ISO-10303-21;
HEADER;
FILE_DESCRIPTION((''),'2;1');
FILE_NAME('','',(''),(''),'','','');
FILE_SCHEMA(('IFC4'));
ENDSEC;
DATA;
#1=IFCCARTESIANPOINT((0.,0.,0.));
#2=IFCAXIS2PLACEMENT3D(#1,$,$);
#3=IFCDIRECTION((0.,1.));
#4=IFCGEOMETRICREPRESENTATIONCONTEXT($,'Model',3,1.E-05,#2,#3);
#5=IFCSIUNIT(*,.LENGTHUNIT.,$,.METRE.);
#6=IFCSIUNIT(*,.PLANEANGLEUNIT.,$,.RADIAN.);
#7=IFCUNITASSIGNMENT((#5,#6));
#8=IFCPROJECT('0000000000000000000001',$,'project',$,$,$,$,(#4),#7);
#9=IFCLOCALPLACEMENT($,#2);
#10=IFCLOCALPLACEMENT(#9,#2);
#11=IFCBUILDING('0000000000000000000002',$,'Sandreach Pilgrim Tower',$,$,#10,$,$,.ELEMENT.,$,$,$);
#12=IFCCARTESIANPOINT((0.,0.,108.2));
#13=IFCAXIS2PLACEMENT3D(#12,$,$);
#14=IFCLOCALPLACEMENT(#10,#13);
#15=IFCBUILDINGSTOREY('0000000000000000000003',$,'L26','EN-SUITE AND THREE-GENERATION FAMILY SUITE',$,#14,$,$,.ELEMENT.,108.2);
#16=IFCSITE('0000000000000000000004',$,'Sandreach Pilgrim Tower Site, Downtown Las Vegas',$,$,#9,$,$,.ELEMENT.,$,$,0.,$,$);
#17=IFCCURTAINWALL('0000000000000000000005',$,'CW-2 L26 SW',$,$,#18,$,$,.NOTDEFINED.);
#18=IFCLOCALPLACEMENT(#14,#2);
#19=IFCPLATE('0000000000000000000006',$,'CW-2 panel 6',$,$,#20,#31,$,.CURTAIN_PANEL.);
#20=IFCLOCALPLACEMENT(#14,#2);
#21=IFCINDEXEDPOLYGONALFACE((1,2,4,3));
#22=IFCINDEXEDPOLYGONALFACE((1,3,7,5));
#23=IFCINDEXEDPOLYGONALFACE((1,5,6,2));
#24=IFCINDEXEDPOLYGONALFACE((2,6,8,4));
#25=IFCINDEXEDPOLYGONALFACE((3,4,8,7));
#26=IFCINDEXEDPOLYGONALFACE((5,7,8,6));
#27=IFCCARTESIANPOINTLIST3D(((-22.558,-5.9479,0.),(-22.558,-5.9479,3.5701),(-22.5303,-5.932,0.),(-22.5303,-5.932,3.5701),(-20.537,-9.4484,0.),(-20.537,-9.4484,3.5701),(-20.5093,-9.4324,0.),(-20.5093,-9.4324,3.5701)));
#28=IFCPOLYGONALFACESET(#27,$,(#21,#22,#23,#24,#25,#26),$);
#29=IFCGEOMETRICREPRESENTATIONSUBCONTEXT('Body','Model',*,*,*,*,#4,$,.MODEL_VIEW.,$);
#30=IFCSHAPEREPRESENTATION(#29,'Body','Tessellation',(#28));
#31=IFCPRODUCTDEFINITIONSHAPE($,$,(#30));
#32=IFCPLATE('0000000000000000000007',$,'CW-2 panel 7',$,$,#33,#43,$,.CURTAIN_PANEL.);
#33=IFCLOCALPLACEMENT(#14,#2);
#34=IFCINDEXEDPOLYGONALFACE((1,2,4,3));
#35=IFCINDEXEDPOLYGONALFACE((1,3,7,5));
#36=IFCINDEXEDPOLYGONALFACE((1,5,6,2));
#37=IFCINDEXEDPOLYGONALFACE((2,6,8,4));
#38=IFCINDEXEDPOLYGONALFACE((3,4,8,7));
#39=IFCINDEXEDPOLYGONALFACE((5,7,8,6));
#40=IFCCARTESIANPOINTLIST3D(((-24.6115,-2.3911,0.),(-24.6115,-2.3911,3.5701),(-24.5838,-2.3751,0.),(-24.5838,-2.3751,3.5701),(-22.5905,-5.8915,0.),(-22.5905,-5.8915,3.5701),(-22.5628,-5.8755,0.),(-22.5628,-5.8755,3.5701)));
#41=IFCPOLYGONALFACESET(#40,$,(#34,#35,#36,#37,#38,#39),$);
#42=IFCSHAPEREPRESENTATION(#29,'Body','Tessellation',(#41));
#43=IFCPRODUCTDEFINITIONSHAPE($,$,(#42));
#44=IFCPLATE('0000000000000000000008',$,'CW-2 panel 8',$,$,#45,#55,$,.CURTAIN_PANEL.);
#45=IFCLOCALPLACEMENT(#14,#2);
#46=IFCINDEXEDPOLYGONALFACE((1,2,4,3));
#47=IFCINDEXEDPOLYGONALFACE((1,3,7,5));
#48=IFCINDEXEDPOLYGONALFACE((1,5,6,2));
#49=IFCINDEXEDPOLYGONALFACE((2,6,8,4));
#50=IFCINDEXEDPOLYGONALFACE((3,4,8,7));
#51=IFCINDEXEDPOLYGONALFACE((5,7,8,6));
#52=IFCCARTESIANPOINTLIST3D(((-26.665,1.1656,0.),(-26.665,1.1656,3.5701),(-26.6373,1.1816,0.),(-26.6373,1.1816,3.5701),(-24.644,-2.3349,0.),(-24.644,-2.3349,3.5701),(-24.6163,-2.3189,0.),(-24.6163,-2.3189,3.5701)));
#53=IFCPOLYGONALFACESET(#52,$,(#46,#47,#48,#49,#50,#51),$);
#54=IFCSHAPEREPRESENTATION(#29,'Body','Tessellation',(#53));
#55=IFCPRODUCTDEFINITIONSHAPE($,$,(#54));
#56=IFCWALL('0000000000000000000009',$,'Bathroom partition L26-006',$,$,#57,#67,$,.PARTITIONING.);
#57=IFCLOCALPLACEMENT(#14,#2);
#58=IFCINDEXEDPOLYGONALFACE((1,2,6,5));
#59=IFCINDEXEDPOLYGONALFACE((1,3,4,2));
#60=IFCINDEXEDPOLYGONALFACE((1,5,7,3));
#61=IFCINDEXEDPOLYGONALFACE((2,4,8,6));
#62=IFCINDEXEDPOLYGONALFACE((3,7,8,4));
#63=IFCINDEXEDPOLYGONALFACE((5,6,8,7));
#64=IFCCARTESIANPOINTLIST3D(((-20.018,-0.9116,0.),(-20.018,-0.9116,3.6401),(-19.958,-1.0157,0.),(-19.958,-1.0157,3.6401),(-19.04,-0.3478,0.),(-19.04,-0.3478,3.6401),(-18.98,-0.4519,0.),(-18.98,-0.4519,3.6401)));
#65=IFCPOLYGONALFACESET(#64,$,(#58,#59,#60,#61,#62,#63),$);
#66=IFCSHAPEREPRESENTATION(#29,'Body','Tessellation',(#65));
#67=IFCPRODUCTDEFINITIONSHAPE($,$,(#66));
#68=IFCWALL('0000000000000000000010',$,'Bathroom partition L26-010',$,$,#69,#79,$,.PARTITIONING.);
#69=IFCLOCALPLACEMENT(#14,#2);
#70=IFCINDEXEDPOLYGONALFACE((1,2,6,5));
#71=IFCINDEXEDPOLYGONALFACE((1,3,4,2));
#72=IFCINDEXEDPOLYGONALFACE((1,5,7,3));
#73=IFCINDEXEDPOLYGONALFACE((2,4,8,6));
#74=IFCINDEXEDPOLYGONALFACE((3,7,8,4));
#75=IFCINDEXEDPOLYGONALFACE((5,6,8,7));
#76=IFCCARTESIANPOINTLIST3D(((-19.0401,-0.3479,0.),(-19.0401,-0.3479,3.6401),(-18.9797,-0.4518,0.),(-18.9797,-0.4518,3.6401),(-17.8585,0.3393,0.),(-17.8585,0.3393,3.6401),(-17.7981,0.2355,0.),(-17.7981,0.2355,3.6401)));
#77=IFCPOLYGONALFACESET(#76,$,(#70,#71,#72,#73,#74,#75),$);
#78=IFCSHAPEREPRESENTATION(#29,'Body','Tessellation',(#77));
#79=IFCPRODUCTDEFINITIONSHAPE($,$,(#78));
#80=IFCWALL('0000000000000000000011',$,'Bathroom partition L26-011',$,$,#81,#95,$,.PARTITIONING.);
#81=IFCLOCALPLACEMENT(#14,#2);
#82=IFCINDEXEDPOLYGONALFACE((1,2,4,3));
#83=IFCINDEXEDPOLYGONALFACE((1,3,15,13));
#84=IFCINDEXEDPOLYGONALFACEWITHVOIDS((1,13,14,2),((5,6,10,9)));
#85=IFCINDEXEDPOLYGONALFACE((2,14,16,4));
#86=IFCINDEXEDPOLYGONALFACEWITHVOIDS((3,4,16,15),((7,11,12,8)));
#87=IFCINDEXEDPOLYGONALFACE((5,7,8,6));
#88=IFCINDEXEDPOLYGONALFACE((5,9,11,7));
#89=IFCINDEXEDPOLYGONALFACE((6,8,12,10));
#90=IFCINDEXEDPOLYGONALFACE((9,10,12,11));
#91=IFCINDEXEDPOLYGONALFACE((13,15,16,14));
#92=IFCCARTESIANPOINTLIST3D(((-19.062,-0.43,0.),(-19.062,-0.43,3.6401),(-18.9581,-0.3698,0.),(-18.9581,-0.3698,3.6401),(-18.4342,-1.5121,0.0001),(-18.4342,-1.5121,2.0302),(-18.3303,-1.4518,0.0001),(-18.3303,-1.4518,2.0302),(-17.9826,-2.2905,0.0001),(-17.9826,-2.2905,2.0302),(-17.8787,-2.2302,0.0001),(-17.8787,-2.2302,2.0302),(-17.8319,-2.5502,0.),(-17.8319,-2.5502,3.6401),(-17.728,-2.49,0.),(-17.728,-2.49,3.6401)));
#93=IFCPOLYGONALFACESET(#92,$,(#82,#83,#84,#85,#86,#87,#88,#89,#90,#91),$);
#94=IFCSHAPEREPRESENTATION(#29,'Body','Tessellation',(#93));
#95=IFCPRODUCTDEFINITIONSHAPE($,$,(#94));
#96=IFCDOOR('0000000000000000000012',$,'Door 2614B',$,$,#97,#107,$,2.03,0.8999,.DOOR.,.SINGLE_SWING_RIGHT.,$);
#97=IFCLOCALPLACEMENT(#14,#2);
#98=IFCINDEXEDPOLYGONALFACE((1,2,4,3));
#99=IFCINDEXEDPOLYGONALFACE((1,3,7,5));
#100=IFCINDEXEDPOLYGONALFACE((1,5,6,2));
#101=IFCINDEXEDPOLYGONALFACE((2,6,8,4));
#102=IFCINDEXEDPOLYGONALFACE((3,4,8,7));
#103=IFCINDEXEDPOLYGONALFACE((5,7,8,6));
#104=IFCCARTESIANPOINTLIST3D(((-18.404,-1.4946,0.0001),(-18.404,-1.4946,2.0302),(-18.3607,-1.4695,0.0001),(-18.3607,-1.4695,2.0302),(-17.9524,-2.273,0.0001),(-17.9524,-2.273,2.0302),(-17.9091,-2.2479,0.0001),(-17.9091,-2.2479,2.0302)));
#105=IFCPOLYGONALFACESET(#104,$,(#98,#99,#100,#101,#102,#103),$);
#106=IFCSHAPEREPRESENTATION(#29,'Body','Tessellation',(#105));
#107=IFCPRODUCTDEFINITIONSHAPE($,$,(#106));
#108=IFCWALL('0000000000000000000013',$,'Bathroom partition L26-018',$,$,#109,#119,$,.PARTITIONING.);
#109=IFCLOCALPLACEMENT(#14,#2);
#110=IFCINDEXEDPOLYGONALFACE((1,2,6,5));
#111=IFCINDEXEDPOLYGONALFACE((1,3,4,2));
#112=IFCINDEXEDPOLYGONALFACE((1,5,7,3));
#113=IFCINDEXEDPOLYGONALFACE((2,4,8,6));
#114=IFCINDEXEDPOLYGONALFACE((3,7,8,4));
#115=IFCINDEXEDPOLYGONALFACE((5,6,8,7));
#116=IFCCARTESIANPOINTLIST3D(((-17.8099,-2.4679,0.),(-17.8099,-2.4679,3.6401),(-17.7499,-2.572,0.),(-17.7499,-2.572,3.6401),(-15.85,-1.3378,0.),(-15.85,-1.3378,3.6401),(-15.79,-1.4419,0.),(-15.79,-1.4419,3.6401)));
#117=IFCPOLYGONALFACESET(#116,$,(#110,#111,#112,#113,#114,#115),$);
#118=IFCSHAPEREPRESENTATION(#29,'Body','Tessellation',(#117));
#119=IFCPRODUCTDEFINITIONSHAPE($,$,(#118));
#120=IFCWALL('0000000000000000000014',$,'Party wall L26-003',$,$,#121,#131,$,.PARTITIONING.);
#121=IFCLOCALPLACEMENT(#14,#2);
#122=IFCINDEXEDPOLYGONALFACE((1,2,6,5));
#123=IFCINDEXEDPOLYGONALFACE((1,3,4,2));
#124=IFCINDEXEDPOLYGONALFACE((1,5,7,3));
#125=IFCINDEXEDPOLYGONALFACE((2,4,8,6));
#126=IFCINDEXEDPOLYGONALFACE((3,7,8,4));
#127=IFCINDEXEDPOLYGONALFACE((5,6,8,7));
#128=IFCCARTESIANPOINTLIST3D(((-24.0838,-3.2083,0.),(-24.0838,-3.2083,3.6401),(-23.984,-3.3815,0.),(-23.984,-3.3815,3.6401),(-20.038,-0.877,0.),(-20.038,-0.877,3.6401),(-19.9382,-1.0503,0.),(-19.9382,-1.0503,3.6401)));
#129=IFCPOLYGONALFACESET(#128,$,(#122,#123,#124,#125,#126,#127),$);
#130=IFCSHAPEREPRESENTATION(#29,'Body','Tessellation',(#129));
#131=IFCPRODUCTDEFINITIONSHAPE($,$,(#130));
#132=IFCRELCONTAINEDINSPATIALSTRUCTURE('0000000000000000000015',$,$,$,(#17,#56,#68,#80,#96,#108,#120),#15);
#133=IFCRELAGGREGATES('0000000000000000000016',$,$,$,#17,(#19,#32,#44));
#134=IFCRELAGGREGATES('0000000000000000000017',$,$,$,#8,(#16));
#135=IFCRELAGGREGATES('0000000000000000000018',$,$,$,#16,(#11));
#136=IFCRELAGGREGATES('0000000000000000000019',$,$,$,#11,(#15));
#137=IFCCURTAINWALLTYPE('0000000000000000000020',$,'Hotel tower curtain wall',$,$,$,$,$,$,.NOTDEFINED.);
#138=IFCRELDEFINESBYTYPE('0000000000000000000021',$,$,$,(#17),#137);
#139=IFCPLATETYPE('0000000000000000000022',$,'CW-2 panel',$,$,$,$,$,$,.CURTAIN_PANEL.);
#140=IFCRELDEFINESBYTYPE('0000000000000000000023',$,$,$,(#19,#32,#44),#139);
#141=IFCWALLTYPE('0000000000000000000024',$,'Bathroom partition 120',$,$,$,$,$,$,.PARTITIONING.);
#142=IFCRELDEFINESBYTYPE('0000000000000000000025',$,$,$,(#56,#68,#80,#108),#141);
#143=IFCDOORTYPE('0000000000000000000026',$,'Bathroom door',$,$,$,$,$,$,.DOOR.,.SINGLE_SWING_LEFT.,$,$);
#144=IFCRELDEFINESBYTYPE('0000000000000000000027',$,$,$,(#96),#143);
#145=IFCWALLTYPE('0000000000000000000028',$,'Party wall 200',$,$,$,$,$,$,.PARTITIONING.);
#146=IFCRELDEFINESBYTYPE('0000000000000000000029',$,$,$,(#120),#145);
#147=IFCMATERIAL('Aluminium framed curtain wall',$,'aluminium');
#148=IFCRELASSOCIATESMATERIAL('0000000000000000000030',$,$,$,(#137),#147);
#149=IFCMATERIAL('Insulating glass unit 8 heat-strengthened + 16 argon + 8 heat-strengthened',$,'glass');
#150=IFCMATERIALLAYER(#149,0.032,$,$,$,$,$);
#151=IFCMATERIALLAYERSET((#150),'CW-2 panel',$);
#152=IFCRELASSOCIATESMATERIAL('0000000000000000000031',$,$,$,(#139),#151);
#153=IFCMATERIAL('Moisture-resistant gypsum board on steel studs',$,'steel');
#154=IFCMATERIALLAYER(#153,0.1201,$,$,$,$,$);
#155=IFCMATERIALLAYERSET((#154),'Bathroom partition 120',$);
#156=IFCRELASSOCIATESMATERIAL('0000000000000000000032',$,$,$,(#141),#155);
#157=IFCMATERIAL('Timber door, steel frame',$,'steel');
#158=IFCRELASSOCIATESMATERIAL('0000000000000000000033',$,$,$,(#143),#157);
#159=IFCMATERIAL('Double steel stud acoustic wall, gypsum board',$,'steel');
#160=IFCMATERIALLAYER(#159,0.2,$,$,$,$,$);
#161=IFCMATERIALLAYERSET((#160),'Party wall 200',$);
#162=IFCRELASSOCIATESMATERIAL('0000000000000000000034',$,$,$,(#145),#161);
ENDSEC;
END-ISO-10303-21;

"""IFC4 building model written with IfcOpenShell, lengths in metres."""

from ifc_helpers import new_model, si_unit, direction, frame, frame_2d, origin, origin_2d, place, context, subcontext, project, spatial, rectangle, extrude, material, layer, layer_set, type_object, element, fill, aggregate, save


model = new_model("IFC4")

# Units and contexts
model_context = context("Model", 3, precision=1e-05, world=origin(), true_north=direction((0.0, 1.0)))
body_context = subcontext(model_context, "Body", "Model", "MODEL_VIEW")
ifc_project = project(units=[si_unit("LENGTHUNIT", "METRE"), si_unit("PLANEANGLEUNIT", "RADIAN")], contexts=[model_context])

# Site, building, storey
site_placement = place(None, origin())
site = spatial("IfcSite", under=ifc_project, at=site_placement, Name="Sandreach Pilgrim Tower Site, Downtown Las Vegas", CompositionType="ELEMENT", RefElevation=0.0)
building_placement = place(site_placement, origin())
building = spatial("IfcBuilding", under=site, at=building_placement, Name="Sandreach Pilgrim Tower", CompositionType="ELEMENT")
storey_placement = place(building_placement, frame((0.0, 0.0, 108.2)))
storey = spatial("IfcBuildingStorey", under=building, at=storey_placement, Name="L26", Description="EN-SUITE AND THREE-GENERATION FAMILY SUITE", CompositionType="ELEMENT", Elevation=108.2)

# Curtain wall
ifc_material_1 = material(Name="Aluminium framed curtain wall", Category="aluminium")
curtain_wall_type = type_object("IfcCurtainWallType", Name="Hotel tower curtain wall", PredefinedType="NOTDEFINED", material=ifc_material_1)
curtain_wall_placement = place(storey_placement, origin())
curtain_wall = element("IfcCurtainWall", 1, at=curtain_wall_placement, inside=storey, type_object=curtain_wall_type, Name="CW-2 L26 SW", PredefinedType="NOTDEFINED")

# Plates
ifc_material_2 = material(Name="Insulating glass unit 8 heat-strengthened + 16 argon + 8 heat-strengthened", Category="glass")
ifc_layer_1 = layer(ifc_material_2, 0.032)
ifc_layer_set_1 = layer_set([ifc_layer_1], Name="CW-2 panel")
plate_type = type_object("IfcPlateType", Name="CW-2 panel", PredefinedType="CURTAIN_PANEL", material=ifc_layer_set_1)
plate_1_placement = place(storey_placement, frame((-21.5337, -7.6902, 0.0), z_axis=(0.0, 0.0, 1.0), x_axis=(-0.5, 0.866025, 0.0)))
plate_1 = element("IfcPlate", 2, at=plate_1_placement, type_object=plate_type, Name="CW-2 panel 6", PredefinedType="CURTAIN_PANEL", context=body_context, shape_type="SweptSolid", body=[
    extrude(rectangle(XDim=4.042, YDim=0.032, at=origin_2d()), origin(), (0.0, 0.0, 1.0), 3.5701),
])
plate_2_placement = place(storey_placement, frame((-23.5872, -4.1333, 0.0), z_axis=(0.0, 0.0, 1.0), x_axis=(-0.5, 0.866025, 0.0)))
plate_2 = element("IfcPlate", 3, at=plate_2_placement, type_object=plate_type, Name="CW-2 panel 7", PredefinedType="CURTAIN_PANEL", context=body_context, shape_type="SweptSolid", body=[
    extrude(rectangle(XDim=4.042, YDim=0.032, at=origin_2d()), origin(), (0.0, 0.0, 1.0), 3.5701),
])
plate_3_placement = place(storey_placement, frame((-25.6406, -0.5767, 0.0), z_axis=(0.0, 0.0, 1.0), x_axis=(-0.5, 0.866025, 0.0)))
plate_3 = element("IfcPlate", 4, at=plate_3_placement, type_object=plate_type, Name="CW-2 panel 8", PredefinedType="CURTAIN_PANEL", context=body_context, shape_type="SweptSolid", body=[
    extrude(rectangle(XDim=4.042, YDim=0.032, at=origin_2d()), origin(), (0.0, 0.0, 1.0), 3.5701),
])
aggregate(curtain_wall, [plate_1, plate_2, plate_3])

# Walls
ifc_material_3 = material(Name="Moisture-resistant gypsum board on steel studs", Category="steel")
ifc_layer_2 = layer(ifc_material_3, 0.1201)
ifc_layer_set_2 = layer_set([ifc_layer_2], Name="Bathroom partition 120")
wall_type_1 = type_object("IfcWallType", Name="Bathroom partition 120", PredefinedType="PARTITIONING", material=ifc_layer_set_2)
wall_1_placement = place(storey_placement, frame((-19.988, -0.9636, 0.0), z_axis=(0.0, 0.0, 1.0), x_axis=(0.866387, 0.499373, 0.0)))
element("IfcWall", 5, at=wall_1_placement, inside=storey, type_object=wall_type_1, Name="Bathroom partition L26-006", PredefinedType="PARTITIONING", context=body_context, shape_type="SweptSolid", body=[
    extrude(rectangle(XDim=1.1289, YDim=0.1201, at=frame_2d((0.5645, 0.0))), origin(), (0.0, 0.0, 1.0), 3.6401),
])
wall_2_placement = place(storey_placement, frame((-19.01, -0.3999, 0.0), z_axis=(0.0, 0.0, 1.0), x_axis=(0.864426, 0.50276, 0.0)))
element("IfcWall", 6, at=wall_2_placement, inside=storey, type_object=wall_type_1, Name="Bathroom partition L26-010", PredefinedType="PARTITIONING", context=body_context, shape_type="SweptSolid", body=[
    extrude(rectangle(XDim=1.3669, YDim=0.1201, at=frame_2d((0.6836, 0.0))), origin(), (0.0, 0.0, 1.0), 3.6401),
])

# Wall, opening, door
wall_3_placement = place(storey_placement, frame((-19.01, -0.3999, 0.0), z_axis=(0.0, 0.0, 1.0), x_axis=(0.501813, -0.864976, 0.0)))
wall_3 = element("IfcWall", 7, at=wall_3_placement, inside=storey, type_object=wall_type_1, Name="Bathroom partition L26-011", PredefinedType="PARTITIONING", context=body_context, shape_type="SweptSolid", body=[
    extrude(rectangle(XDim=2.4512, YDim=0.1201, at=frame_2d((1.2256, 0.0))), origin(), (0.0, 0.0, 1.0), 3.6401),
])
opening_1_placement = place(wall_3_placement, frame((1.251, 0.0, 0.0)))
opening_1 = element("IfcOpeningElement", 8, at=opening_1_placement, cuts=wall_3, PredefinedType="OPENING", context=body_context, shape_type="SweptSolid", body=[
    extrude(rectangle(XDim=0.8999, YDim=2.03, at=frame_2d((0.45, 1.0151))), frame((0.0, 0.0601, 0.0), z_axis=(0.0, -1.0, 0.0), x_axis=(1.0, 0.0, 0.0)), (0.0, 0.0, 1.0), 0.1201),
])
ifc_material_4 = material(Name="Timber door, steel frame", Category="steel")
door_type_1 = type_object("IfcDoorType", Name="Bathroom door", OperationType="SINGLE_SWING_LEFT", PredefinedType="DOOR", material=ifc_material_4)
door_1_placement = place(opening_1_placement, origin())
door_1 = element("IfcDoor", 9, at=door_1_placement, inside=storey, type_object=door_type_1, Name="Door 2614B", OperationType="SINGLE_SWING_RIGHT", OverallHeight=2.03, OverallWidth=0.8999, PredefinedType="DOOR", context=body_context, shape_type="SweptSolid", body=[
    extrude(rectangle(XDim=0.8999, YDim=2.03, at=frame_2d((0.45, 1.0151))), frame((0.0, 0.0249, 0.0), z_axis=(0.0, -1.0, 0.0), x_axis=(1.0, 0.0, 0.0)), (0.0, 0.0, 1.0), 0.05),
])
fill(opening_1, door_1)

# Wall
wall_4_placement = place(storey_placement, frame((-17.78, -2.52, 0.0), z_axis=(0.0, 0.0, 1.0), x_axis=(0.866304, 0.499517, 0.0)))
element("IfcWall", 10, at=wall_4_placement, inside=storey, type_object=wall_type_1, Name="Bathroom partition L26-018", PredefinedType="PARTITIONING", context=body_context, shape_type="SweptSolid", body=[
    extrude(rectangle(XDim=2.2625, YDim=0.1201, at=frame_2d((1.1313, 0.0))), origin(), (0.0, 0.0, 1.0), 3.6401),
])

# Wall
ifc_material_5 = material(Name="Double steel stud acoustic wall, gypsum board", Category="steel")
ifc_layer_3 = layer(ifc_material_5, 0.2)
ifc_layer_set_3 = layer_set([ifc_layer_3], Name="Party wall 200")
wall_type_2 = type_object("IfcWallType", Name="Party wall 200", PredefinedType="PARTITIONING", material=ifc_layer_set_3)
wall_5_placement = place(storey_placement, frame((-24.0339, -3.2949, 0.0), z_axis=(0.0, 0.0, 1.0), x_axis=(0.866452, 0.499261, 0.0)))
element("IfcWall", 11, at=wall_5_placement, inside=storey, type_object=wall_type_2, Name="Party wall L26-003", PredefinedType="PARTITIONING", context=body_context, shape_type="SweptSolid", body=[
    extrude(rectangle(XDim=4.6694, YDim=0.2, at=frame_2d((2.3347, 0.0))), origin(), (0.0, 0.0, 1.0), 3.6401),
])

save(model, "model.ifc")
